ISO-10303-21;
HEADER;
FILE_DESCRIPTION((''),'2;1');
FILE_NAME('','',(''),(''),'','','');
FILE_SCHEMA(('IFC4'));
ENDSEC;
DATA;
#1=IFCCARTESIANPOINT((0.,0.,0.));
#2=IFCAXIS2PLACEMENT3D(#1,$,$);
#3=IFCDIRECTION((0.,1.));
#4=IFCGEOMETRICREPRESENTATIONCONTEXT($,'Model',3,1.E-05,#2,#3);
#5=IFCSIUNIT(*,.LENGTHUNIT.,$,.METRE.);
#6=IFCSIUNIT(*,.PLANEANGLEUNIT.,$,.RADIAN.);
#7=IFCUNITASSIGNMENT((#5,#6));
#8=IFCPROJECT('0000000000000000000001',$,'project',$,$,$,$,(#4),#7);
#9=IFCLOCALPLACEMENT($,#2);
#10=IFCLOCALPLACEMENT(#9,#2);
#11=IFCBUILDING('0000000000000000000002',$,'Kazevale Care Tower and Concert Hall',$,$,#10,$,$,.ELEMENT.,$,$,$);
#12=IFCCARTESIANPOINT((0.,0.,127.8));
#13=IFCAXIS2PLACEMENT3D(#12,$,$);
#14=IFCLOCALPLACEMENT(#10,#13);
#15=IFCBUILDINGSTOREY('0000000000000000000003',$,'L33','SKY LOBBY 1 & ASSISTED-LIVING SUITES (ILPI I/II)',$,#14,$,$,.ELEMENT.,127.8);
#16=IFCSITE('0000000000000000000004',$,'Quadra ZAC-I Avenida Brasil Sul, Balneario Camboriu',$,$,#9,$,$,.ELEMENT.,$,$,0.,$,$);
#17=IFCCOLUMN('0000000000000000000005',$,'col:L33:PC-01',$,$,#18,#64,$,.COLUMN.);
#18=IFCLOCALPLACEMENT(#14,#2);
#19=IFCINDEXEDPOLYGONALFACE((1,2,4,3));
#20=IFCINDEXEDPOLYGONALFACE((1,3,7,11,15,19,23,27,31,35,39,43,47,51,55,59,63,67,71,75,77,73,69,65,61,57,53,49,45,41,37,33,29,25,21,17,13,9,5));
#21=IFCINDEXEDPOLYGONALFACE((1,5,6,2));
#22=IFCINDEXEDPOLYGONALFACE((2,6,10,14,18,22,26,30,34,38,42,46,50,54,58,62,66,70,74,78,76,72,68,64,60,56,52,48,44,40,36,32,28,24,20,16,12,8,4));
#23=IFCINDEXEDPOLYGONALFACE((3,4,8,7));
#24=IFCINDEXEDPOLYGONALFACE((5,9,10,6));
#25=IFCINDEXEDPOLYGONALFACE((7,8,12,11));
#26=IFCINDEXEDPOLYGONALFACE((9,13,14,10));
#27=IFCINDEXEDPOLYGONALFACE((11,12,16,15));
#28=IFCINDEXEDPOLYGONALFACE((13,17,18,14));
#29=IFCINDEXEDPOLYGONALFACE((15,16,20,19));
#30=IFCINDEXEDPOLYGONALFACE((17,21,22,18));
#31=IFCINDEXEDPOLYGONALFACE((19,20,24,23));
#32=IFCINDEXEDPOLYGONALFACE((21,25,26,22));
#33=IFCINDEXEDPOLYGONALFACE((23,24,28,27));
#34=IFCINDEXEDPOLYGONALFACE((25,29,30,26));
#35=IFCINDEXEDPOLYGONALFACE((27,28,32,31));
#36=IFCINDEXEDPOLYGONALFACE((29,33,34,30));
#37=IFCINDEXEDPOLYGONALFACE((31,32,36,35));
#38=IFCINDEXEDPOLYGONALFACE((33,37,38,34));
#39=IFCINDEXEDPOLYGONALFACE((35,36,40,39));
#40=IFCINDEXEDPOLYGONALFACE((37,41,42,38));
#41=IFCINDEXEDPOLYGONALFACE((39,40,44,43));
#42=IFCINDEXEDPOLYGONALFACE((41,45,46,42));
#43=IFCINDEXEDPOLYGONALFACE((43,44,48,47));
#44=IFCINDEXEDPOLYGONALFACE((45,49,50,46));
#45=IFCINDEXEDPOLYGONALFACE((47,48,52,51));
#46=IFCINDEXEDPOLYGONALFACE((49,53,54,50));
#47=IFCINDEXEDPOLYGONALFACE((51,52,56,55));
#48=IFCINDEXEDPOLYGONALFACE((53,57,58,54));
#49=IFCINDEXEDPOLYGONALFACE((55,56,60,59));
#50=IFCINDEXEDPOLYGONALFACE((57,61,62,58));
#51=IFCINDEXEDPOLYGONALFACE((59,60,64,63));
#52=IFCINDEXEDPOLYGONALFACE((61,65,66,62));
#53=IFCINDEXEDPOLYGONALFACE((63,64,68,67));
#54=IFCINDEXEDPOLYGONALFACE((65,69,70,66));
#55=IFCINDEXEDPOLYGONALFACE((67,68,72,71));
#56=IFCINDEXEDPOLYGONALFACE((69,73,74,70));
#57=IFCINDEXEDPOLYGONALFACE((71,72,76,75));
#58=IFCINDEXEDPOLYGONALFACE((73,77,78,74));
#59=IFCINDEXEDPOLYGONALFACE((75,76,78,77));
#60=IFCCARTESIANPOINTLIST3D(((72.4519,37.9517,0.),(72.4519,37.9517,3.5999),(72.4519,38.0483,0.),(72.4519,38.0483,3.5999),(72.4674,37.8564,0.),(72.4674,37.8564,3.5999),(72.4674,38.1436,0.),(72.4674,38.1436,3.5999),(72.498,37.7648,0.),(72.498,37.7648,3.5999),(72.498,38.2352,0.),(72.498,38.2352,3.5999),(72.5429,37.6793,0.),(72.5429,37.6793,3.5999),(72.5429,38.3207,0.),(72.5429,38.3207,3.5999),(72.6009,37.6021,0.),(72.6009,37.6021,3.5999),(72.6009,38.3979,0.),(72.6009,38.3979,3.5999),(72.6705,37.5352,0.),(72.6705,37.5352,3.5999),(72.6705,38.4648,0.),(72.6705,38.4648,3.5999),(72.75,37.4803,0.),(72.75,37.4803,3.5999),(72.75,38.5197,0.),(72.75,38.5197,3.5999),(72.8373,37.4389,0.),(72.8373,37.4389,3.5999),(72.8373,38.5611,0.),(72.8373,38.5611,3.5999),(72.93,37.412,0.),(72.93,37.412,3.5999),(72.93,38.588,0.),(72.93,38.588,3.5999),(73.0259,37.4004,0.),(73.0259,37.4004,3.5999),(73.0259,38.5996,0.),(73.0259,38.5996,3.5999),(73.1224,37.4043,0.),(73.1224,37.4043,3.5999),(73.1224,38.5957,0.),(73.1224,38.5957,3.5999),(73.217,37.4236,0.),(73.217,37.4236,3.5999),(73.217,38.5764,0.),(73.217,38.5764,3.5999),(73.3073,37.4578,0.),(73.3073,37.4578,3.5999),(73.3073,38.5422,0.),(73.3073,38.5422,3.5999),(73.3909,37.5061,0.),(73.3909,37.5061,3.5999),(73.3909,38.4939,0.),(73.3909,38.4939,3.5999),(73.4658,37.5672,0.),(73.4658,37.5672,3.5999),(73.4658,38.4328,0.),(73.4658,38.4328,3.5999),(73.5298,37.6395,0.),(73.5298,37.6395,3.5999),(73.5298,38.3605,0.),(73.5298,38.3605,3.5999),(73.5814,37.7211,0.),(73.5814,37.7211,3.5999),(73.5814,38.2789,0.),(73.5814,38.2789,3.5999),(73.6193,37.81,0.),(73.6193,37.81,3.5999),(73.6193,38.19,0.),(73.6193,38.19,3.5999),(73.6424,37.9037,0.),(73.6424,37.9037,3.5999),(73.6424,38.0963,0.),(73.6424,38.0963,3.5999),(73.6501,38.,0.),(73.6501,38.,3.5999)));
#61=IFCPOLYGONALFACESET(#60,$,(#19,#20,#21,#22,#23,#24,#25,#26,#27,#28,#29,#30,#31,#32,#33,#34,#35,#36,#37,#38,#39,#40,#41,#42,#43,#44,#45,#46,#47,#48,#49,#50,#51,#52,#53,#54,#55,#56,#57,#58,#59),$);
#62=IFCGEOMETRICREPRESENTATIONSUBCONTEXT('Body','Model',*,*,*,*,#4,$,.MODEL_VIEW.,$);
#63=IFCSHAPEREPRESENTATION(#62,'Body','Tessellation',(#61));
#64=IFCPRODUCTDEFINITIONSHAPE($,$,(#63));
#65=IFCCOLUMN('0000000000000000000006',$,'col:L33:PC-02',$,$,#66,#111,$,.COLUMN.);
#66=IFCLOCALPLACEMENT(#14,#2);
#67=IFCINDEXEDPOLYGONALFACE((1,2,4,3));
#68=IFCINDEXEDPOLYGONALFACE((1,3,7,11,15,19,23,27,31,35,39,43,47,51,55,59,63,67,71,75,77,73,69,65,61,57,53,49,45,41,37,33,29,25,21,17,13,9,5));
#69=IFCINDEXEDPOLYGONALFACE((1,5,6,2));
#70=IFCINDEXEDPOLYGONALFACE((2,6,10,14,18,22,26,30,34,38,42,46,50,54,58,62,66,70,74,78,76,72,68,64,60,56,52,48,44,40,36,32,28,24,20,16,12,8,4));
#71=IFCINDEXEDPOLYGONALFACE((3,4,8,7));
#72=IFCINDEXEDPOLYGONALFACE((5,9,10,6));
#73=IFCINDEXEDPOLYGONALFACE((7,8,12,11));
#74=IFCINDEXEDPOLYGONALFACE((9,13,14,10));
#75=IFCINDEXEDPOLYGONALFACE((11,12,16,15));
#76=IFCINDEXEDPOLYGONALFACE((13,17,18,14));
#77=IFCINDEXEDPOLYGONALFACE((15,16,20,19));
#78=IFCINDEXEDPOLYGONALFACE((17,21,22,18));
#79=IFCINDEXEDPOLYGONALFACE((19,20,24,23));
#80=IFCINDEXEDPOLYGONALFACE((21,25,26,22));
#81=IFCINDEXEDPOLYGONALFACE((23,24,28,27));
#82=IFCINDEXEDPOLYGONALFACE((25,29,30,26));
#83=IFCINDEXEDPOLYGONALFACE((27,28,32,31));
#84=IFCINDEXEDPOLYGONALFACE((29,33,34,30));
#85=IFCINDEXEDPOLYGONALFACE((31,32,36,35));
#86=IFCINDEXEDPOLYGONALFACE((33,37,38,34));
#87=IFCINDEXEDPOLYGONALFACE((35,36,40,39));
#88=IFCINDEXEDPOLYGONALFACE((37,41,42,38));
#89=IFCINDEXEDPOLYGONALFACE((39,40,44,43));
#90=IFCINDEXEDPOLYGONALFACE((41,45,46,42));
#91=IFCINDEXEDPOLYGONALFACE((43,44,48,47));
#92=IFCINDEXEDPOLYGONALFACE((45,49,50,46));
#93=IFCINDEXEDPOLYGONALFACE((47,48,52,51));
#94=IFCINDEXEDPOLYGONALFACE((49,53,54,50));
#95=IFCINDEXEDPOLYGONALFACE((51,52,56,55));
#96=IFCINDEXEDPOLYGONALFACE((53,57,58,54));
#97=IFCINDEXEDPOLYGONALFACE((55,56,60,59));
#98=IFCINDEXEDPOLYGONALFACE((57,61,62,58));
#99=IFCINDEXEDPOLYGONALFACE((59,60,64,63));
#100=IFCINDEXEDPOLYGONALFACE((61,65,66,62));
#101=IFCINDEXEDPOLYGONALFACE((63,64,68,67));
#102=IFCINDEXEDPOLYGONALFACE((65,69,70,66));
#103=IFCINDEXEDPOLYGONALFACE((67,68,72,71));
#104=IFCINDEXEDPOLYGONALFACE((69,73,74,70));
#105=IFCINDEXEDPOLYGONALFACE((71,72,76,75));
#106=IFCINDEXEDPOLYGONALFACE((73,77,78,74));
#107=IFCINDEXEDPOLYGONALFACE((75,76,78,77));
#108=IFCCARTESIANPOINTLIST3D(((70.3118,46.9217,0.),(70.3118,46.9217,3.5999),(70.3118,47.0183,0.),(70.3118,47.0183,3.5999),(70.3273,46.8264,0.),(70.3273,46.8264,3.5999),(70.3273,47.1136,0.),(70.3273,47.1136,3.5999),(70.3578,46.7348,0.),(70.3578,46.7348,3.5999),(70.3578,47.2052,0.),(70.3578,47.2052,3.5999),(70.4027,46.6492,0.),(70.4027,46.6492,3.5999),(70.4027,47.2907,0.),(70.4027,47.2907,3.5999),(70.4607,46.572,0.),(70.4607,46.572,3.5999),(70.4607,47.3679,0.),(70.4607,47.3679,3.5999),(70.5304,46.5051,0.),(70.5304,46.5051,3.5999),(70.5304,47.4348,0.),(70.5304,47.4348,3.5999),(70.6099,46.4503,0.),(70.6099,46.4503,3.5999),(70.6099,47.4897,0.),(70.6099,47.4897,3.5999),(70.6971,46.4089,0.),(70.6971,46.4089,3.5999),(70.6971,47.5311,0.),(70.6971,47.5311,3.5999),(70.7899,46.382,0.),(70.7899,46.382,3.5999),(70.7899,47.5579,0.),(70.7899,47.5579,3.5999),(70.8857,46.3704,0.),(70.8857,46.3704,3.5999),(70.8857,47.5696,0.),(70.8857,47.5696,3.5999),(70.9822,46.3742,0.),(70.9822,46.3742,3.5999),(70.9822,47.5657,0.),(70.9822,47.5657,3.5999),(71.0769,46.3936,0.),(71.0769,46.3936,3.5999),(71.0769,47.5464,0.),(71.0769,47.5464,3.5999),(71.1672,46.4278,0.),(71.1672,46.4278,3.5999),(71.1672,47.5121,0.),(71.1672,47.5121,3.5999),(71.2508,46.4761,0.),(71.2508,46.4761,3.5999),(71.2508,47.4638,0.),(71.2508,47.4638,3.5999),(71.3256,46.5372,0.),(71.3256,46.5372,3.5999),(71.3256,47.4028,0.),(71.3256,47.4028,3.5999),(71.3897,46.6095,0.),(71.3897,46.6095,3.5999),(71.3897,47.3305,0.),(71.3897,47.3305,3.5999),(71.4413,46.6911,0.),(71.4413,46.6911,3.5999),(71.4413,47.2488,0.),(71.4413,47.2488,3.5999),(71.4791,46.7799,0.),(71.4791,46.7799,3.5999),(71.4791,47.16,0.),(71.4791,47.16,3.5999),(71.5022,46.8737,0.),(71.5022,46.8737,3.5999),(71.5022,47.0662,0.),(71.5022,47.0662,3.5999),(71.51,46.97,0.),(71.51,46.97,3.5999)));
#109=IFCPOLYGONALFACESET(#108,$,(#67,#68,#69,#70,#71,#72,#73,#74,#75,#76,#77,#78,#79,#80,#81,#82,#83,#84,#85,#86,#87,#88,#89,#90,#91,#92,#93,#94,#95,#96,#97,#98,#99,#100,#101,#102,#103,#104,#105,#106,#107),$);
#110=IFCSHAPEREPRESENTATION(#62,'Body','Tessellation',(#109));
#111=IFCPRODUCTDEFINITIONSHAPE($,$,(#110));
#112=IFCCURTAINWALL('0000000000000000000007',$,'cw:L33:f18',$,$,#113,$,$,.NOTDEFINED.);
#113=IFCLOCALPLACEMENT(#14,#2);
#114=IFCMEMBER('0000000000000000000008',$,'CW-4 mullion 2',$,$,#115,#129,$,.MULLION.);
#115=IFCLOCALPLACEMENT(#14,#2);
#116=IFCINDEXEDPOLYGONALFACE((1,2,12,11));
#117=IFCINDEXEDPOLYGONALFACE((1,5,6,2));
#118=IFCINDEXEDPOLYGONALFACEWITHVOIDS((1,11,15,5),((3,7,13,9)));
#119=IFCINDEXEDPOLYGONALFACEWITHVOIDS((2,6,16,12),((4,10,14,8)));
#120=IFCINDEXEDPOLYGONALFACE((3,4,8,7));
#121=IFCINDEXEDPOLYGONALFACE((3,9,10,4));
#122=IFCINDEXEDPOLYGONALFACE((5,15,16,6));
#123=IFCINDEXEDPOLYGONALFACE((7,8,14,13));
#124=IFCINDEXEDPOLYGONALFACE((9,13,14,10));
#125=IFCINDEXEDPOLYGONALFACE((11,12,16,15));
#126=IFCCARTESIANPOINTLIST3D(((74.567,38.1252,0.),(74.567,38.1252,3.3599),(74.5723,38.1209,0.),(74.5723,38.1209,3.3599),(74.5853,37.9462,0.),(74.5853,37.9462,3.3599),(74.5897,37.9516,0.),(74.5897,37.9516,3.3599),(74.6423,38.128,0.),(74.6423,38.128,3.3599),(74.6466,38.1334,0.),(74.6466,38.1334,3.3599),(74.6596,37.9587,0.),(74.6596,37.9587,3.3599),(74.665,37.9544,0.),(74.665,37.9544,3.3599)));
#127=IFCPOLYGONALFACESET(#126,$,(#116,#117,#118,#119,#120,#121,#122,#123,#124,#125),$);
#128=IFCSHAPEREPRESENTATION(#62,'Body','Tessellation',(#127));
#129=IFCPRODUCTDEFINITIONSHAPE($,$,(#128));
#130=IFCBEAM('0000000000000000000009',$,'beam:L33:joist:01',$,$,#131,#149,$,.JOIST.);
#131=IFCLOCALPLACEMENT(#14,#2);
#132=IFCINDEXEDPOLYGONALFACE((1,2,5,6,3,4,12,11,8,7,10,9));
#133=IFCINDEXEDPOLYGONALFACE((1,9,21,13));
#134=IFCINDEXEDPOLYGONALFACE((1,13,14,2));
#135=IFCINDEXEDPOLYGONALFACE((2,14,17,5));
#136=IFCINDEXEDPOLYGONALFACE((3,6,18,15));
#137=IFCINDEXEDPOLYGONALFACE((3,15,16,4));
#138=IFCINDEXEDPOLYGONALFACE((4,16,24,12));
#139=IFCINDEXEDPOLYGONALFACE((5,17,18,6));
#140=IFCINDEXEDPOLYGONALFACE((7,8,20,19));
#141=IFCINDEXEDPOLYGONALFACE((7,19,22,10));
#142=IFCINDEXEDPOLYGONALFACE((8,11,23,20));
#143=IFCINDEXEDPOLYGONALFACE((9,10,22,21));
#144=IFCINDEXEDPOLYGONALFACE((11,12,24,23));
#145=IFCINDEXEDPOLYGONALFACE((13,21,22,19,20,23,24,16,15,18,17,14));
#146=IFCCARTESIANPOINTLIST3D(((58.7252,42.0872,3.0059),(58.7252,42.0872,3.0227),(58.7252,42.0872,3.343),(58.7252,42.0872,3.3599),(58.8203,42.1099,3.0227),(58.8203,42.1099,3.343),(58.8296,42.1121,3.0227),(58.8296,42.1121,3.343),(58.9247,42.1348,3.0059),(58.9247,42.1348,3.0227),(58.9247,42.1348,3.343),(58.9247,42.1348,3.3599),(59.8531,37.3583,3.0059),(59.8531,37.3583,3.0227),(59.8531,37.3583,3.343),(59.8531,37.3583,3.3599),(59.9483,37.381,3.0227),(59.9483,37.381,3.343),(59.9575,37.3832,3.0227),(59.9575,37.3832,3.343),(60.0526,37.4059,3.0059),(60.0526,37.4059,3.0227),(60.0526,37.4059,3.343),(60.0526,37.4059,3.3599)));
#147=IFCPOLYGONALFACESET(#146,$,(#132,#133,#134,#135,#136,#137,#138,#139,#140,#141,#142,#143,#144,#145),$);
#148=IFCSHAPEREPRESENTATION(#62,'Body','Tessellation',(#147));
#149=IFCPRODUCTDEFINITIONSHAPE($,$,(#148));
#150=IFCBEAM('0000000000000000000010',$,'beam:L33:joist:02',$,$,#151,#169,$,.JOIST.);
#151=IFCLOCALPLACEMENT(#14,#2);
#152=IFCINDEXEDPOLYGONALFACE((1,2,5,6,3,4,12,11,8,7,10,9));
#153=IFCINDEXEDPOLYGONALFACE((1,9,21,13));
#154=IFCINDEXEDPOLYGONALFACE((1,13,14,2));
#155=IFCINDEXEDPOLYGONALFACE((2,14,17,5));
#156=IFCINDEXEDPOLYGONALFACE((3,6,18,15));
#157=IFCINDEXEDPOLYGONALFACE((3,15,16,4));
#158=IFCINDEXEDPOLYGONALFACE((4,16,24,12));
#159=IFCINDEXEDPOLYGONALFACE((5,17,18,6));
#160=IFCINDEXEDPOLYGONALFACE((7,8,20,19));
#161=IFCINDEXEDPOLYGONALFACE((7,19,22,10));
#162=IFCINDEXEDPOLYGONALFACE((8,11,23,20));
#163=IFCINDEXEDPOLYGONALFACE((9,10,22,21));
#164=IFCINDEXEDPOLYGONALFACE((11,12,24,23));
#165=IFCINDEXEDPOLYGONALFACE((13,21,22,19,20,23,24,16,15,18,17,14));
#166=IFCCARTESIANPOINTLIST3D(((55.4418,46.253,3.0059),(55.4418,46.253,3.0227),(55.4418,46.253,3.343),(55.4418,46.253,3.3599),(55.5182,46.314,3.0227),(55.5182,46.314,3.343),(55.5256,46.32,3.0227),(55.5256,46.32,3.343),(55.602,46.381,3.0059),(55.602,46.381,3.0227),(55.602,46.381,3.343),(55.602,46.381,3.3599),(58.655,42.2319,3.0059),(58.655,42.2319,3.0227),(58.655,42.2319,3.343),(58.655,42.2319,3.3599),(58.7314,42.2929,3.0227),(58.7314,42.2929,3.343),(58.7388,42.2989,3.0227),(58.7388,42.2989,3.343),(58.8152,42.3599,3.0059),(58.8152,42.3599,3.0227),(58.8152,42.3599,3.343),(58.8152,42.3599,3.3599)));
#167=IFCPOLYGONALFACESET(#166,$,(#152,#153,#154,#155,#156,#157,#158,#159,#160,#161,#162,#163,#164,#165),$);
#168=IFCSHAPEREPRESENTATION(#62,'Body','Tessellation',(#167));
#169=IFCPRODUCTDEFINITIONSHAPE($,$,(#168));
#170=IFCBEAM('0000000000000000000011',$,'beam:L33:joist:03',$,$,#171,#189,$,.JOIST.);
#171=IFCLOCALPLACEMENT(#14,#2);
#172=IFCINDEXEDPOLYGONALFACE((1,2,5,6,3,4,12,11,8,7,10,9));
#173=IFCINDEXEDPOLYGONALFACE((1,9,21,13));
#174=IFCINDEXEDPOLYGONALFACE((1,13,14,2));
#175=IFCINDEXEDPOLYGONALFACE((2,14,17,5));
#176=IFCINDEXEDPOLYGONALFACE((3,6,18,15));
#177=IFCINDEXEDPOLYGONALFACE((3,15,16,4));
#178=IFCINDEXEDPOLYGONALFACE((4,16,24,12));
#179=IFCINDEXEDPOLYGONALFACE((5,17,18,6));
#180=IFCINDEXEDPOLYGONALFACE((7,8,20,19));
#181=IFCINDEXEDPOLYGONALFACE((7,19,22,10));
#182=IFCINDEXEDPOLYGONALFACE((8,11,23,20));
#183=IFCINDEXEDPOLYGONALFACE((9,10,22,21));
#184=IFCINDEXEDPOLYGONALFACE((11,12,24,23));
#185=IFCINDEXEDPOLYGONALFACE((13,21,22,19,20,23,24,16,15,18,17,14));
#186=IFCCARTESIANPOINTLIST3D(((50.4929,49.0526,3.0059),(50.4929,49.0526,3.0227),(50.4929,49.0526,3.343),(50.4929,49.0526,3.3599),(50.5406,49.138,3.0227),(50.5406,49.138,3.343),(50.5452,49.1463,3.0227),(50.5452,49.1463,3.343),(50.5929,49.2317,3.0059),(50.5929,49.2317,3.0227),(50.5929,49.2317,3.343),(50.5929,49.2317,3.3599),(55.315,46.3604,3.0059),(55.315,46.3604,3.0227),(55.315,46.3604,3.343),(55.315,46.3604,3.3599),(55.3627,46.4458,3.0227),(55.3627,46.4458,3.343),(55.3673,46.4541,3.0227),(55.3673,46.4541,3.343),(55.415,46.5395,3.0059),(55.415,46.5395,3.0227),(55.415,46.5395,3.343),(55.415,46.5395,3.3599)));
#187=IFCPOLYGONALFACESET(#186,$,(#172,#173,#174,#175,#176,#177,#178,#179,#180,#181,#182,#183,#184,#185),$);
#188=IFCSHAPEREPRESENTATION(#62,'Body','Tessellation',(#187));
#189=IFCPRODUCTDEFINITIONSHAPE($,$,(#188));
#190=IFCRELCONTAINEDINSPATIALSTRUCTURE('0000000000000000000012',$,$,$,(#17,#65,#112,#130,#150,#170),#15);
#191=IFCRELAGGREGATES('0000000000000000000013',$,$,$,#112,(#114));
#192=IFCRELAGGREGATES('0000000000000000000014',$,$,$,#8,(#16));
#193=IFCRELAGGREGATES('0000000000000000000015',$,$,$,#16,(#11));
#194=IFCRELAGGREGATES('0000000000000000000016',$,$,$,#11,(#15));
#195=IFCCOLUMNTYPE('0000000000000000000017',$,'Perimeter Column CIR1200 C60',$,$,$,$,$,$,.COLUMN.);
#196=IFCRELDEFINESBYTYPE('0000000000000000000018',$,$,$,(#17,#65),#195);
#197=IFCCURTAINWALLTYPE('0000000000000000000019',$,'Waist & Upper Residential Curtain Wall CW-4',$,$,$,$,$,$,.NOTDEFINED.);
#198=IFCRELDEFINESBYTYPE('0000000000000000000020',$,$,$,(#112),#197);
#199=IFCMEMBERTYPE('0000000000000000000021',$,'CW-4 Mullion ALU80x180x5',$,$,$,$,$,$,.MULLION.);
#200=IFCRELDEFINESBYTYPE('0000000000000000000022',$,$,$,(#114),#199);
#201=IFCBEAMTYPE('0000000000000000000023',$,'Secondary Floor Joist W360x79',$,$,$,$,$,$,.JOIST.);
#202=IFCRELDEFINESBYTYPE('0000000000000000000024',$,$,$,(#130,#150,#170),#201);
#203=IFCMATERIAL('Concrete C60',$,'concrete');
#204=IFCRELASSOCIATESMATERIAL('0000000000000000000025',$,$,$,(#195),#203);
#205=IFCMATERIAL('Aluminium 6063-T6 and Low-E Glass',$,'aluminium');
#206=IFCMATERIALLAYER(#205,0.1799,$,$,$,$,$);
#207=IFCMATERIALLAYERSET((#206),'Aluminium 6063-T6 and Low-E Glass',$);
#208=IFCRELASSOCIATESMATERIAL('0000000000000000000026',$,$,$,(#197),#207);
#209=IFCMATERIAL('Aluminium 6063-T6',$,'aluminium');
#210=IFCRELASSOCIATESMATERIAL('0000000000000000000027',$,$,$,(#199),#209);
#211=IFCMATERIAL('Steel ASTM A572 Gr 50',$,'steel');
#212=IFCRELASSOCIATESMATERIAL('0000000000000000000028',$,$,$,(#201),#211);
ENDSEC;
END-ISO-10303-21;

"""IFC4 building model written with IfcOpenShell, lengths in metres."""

from ifc_helpers import new_model, si_unit, direction, frame, origin, origin_2d, place, context, subcontext, project, spatial, hollow_rectangle, circle, i_section, extrude, material, layer, layer_set, material_profile, profile_set, type_object, element, aggregate, save


model = new_model("IFC4")

# Units and contexts
model_context = context("Model", 3, precision=1e-05, world=origin(), true_north=direction((0.0, 1.0)))
body_context = subcontext(model_context, "Body", "Model", "MODEL_VIEW")
ifc_project = project(units=[si_unit("LENGTHUNIT", "METRE"), si_unit("PLANEANGLEUNIT", "RADIAN")], contexts=[model_context])

# Site, building, storey
site_placement = place(None, origin())
site = spatial("IfcSite", under=ifc_project, at=site_placement, Name="Quadra ZAC-I Avenida Brasil Sul, Balneario Camboriu", CompositionType="ELEMENT", RefElevation=0.0)
building_placement = place(site_placement, origin())
building = spatial("IfcBuilding", under=site, at=building_placement, Name="Kazevale Care Tower and Concert Hall", CompositionType="ELEMENT")
storey_placement = place(building_placement, frame((0.0, 0.0, 127.8)))
storey = spatial("IfcBuildingStorey", under=building, at=storey_placement, Name="L33", Description="SKY LOBBY 1 & ASSISTED-LIVING SUITES (ILPI I/II)", CompositionType="ELEMENT", Elevation=127.8)

# Columns
ifc_material_1 = material(Name="Concrete C60", Category="concrete")
ifc_material_profile_1 = material_profile(ifc_material_1, circle(Radius=0.6001, at=origin_2d()), Name="RC-CIR1200")
ifc_profile_set_1 = profile_set([ifc_material_profile_1], Name="Concrete C60")
column_type = type_object("IfcColumnType", Name="Perimeter Column CIR1200 C60", PredefinedType="COLUMN", material=ifc_profile_set_1)
for number, where, z_axis, x_axis, name in (
    (1, (73.05, 38.0, 0.0), (0.0, 0.0, 1.0), (1.0, 0.0, 0.0), "col:L33:PC-01"),
    (2, (70.9099, 46.97, 0.0), (0.0, 0.0, 1.0), (1.0, 0.0, 0.0), "col:L33:PC-02"),
):
    element("IfcColumn", number, at=place(storey_placement, frame(where, z_axis=z_axis, x_axis=x_axis)), inside=storey, type_object=column_type, Name=name, PredefinedType="COLUMN", context=body_context, shape_type="SweptSolid", body=[
        extrude(circle(Radius=0.6001, at=origin_2d()), origin(), (0.0, 0.0, 1.0), 3.5999),
    ])

# Curtain wall, member
ifc_material_2 = material(Name="Aluminium 6063-T6 and Low-E Glass", Category="aluminium")
ifc_layer_1 = layer(ifc_material_2, 0.1799)
ifc_layer_set_1 = layer_set([ifc_layer_1], Name="Aluminium 6063-T6 and Low-E Glass")
curtain_wall_type = type_object("IfcCurtainWallType", Name="Waist & Upper Residential Curtain Wall CW-4", PredefinedType="NOTDEFINED", material=ifc_layer_set_1)
curtain_wall_placement = place(storey_placement, origin())
curtain_wall = element("IfcCurtainWall", 3, at=curtain_wall_placement, inside=storey, type_object=curtain_wall_type, Name="cw:L33:f18", PredefinedType="NOTDEFINED")
ifc_material_3 = material(Name="Aluminium 6063-T6", Category="aluminium")
ifc_material_profile_2 = material_profile(ifc_material_3, hollow_rectangle(XDim=0.0801, YDim=0.1799, WallThickness=0.0049, at=origin_2d()), Name="ALU80x180x5")
ifc_profile_set_2 = profile_set([ifc_material_profile_2], Name="Aluminium 6063-T6")
member_type = type_object("IfcMemberType", Name="CW-4 Mullion ALU80x180x5", PredefinedType="MULLION", material=ifc_profile_set_2)
member_placement = place(storey_placement, frame((74.616, 38.0398, 0.0), z_axis=(0.0, 0.0, 1.0), x_axis=(0.994798, 0.10187, 0.0)))
member = element("IfcMember", 4, at=member_placement, type_object=member_type, Name="CW-4 mullion 2", PredefinedType="MULLION", context=body_context, shape_type="SweptSolid", body=[
    extrude(hollow_rectangle(XDim=0.0801, YDim=0.1799, WallThickness=0.0049, at=origin_2d()), origin(), (0.0, 0.0, 1.0), 3.3599),
])

# Beams
ifc_material_4 = material(Name="Steel ASTM A572 Gr 50", Category="steel")
ifc_material_profile_3 = material_profile(ifc_material_4, i_section(OverallWidth=0.2051, OverallDepth=0.354, WebThickness=0.0095, FlangeThickness=0.0168, at=origin_2d()), Name="W360x79")
ifc_profile_set_3 = profile_set([ifc_material_profile_3], Name="Steel ASTM A572 Gr 50")
beam_type_1 = type_object("IfcBeamType", Name="Secondary Floor Joist W360x79", PredefinedType="JOIST", material=ifc_profile_set_3)
beam_1_placement = place(storey_placement, frame((59.9529, 37.3821, 3.1829), z_axis=(-0.232005, 0.972715, 0.0), x_axis=(-0.972715, -0.232005, 0.0)))
element("IfcBeam", 5, at=beam_1_placement, inside=storey, type_object=beam_type_1, Name="beam:L33:joist:01", PredefinedType="JOIST", context=body_context, shape_type="SweptSolid", body=[
    extrude(i_section(OverallWidth=0.2051, OverallDepth=0.354, WebThickness=0.0095, FlangeThickness=0.0168, at=origin_2d()), origin(), (0.0, 0.0, 1.0), 4.8616),
])
beam_2_placement = place(storey_placement, frame((58.7351, 42.2959, 3.1829), z_axis=(-0.624261, 0.781216, 0.0), x_axis=(-0.781216, -0.624261, 0.0)))
element("IfcBeam", 6, at=beam_2_placement, inside=storey, type_object=beam_type_1, Name="beam:L33:joist:02", PredefinedType="JOIST", context=body_context, shape_type="SweptSolid", body=[
    extrude(i_section(OverallWidth=0.2051, OverallDepth=0.354, WebThickness=0.0095, FlangeThickness=0.0168, at=origin_2d()), origin(), (0.0, 0.0, 1.0), 5.1472),
])
beam_3_placement = place(storey_placement, frame((55.365, 46.45, 3.1829), z_axis=(-0.873138, 0.487474, 0.0), x_axis=(-0.487474, -0.873138, 0.0)))
element("IfcBeam", 7, at=beam_3_placement, inside=storey, type_object=beam_type_1, Name="beam:L33:joist:03", PredefinedType="JOIST", context=body_context, shape_type="SweptSolid", body=[
    extrude(i_section(OverallWidth=0.2051, OverallDepth=0.354, WebThickness=0.0095, FlangeThickness=0.0168, at=origin_2d()), origin(), (0.0, 0.0, 1.0), 5.5227),
])

aggregate(curtain_wall, [member])

save(model, "model.ifc")
